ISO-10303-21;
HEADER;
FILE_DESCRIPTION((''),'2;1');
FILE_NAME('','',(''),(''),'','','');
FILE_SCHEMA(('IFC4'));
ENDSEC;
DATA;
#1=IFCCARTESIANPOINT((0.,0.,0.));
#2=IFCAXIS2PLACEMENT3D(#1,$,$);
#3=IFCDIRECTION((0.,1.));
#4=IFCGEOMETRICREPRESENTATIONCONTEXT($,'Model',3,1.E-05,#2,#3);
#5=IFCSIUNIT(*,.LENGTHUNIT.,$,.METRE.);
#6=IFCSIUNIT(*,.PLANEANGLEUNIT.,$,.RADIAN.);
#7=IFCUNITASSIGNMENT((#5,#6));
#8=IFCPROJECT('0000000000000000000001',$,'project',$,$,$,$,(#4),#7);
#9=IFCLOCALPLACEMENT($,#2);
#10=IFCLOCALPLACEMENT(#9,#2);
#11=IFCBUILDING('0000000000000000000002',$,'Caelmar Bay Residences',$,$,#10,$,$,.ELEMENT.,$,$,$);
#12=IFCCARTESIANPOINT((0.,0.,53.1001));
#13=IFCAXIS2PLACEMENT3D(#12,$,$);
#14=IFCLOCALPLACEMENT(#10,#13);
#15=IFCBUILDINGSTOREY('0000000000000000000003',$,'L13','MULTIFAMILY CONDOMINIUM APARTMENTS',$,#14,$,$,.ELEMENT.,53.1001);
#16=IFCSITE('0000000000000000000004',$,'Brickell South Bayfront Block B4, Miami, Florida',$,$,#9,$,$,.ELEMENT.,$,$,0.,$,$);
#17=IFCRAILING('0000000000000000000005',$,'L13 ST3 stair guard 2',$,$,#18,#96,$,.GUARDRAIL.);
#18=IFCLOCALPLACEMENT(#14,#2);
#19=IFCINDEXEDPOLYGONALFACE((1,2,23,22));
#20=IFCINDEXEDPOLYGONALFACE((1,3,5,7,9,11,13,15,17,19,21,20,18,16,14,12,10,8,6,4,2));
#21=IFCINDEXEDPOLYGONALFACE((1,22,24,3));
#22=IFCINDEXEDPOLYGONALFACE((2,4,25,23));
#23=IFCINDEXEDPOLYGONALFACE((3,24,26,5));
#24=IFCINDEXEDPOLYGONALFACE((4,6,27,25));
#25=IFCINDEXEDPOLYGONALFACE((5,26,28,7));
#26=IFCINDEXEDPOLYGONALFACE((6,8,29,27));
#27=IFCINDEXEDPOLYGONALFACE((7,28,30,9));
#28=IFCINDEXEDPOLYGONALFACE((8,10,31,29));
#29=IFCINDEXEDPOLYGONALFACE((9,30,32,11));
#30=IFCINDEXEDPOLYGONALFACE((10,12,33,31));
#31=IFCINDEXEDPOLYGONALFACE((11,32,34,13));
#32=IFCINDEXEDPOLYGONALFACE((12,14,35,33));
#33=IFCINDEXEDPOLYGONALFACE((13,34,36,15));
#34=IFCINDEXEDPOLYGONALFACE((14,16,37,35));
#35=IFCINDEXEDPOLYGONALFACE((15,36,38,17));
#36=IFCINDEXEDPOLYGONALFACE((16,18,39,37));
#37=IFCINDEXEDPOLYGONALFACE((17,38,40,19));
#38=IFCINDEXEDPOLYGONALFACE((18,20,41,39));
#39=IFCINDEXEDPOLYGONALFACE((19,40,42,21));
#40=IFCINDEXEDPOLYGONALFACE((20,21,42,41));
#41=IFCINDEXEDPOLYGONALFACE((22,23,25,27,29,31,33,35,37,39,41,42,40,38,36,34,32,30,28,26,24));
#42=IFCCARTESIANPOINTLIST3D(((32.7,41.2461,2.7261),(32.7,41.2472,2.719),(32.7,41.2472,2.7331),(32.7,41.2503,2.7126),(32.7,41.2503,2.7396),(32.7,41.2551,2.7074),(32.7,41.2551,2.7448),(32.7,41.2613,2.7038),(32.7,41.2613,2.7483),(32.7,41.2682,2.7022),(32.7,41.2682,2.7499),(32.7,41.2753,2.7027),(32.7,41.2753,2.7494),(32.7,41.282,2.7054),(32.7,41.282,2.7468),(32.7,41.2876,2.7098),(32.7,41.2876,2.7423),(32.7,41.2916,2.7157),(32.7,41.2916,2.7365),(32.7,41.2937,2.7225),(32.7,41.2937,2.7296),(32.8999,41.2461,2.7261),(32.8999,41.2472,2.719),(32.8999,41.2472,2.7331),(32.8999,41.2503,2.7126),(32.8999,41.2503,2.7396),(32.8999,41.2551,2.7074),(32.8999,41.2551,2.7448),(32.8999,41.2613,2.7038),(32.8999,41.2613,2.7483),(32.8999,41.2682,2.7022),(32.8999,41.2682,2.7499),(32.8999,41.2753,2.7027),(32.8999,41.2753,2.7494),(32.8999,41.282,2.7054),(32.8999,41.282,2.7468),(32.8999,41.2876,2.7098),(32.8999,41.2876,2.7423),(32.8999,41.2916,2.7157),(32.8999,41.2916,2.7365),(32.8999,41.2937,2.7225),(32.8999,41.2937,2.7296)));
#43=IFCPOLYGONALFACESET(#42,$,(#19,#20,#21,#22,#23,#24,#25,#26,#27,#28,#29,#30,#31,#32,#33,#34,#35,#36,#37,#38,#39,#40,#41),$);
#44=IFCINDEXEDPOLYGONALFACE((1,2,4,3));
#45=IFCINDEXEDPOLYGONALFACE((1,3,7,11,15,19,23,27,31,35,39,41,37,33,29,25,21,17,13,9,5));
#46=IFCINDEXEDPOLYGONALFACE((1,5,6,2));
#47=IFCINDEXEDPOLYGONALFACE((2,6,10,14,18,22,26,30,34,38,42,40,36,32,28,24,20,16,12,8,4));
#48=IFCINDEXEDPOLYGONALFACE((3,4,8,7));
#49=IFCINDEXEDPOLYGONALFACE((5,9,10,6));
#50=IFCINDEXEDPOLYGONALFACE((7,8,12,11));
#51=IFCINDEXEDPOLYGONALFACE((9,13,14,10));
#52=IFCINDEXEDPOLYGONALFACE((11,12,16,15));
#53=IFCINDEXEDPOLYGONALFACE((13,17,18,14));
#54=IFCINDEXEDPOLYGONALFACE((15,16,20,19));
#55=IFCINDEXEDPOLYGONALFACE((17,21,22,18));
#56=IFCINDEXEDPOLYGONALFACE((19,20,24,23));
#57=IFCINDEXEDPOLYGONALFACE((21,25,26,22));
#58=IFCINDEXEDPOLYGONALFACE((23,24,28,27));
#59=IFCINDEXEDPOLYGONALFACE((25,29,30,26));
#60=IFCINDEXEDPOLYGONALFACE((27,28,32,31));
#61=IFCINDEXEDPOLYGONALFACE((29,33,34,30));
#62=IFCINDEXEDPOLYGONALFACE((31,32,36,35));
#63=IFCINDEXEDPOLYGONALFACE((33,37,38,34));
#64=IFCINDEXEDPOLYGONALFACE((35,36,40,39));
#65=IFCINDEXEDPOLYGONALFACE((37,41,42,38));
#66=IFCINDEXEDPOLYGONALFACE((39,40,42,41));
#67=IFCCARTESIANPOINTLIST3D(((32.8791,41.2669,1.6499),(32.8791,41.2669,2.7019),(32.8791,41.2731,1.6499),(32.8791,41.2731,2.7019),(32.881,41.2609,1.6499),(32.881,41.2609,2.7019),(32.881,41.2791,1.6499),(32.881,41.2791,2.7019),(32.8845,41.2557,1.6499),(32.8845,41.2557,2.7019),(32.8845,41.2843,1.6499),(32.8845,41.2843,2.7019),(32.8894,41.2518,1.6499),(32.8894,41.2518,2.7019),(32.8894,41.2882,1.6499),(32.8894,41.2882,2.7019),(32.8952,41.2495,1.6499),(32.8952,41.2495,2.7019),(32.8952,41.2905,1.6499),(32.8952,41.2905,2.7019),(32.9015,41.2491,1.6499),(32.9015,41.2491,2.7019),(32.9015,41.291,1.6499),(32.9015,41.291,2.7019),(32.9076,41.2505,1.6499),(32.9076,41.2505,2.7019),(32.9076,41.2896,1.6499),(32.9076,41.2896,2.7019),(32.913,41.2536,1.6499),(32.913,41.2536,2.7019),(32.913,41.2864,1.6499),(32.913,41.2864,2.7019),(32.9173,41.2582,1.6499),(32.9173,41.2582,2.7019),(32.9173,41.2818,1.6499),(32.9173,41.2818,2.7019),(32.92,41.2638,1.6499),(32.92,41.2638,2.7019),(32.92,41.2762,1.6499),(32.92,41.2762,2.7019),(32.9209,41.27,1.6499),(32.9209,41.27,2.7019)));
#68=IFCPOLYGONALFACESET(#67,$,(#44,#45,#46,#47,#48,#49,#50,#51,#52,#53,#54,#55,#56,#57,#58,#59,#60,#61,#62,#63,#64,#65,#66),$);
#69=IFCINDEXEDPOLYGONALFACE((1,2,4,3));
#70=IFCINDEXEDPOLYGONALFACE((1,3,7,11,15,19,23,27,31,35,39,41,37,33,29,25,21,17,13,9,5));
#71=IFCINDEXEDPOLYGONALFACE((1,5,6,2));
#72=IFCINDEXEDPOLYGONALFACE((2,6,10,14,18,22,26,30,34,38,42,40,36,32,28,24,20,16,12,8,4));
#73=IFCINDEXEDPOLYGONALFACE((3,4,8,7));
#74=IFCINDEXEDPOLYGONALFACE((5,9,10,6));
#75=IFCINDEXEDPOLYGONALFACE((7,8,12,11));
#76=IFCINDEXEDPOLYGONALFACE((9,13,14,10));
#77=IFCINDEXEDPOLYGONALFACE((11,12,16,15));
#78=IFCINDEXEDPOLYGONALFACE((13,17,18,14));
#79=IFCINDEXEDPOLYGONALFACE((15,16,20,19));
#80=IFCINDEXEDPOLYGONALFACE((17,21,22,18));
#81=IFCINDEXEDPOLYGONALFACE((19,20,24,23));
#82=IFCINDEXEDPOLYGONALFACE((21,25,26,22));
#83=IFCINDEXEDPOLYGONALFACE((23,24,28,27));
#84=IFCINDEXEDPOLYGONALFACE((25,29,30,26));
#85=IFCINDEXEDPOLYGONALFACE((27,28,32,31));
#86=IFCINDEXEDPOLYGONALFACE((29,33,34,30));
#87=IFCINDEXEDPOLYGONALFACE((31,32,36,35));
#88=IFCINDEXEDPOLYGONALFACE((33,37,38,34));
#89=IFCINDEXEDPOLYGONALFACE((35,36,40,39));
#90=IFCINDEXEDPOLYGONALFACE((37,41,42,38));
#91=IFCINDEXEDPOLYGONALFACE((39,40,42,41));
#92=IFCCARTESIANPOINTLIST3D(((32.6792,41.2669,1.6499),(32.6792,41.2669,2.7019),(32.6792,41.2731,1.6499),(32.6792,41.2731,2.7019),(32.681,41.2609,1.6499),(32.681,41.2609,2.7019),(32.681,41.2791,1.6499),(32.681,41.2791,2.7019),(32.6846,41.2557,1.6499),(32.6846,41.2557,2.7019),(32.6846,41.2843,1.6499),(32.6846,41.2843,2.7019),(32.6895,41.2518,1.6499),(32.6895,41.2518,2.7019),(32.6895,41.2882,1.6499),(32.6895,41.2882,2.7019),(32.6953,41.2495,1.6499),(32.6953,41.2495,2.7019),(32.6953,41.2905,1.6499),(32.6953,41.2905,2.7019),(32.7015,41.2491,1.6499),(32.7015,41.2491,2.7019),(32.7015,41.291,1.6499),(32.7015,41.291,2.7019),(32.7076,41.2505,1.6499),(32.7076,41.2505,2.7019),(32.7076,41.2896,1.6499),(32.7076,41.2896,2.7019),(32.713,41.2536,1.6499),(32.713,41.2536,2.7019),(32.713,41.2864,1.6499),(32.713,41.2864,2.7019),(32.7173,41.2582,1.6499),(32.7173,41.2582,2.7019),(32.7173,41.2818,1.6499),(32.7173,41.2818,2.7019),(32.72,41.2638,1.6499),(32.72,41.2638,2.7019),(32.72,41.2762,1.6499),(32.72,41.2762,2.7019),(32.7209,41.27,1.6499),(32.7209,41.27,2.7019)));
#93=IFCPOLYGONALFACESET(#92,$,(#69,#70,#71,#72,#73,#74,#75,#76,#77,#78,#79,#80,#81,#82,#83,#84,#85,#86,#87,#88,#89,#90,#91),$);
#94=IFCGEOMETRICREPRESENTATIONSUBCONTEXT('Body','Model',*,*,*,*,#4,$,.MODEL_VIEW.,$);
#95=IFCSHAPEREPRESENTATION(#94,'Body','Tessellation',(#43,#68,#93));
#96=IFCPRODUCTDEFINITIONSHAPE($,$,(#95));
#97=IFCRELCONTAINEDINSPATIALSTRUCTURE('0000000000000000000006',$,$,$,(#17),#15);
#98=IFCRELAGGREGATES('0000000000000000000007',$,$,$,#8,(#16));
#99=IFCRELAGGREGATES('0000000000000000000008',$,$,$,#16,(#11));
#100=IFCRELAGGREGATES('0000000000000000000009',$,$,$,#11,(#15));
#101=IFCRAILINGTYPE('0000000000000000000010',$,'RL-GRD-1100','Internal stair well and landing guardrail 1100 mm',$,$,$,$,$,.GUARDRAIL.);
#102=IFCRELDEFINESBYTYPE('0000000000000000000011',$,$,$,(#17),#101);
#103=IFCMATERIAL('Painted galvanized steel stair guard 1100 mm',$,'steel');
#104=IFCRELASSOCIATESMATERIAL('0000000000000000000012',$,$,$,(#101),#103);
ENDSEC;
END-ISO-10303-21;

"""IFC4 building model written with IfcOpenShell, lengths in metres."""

from ifc_helpers import new_model, si_unit, direction, frame, origin, origin_2d, place, context, subcontext, project, spatial, circle, extrude, material, type_object, element, save


model = new_model("IFC4")

# Units and contexts
model_context = context("Model", 3, precision=1e-05, world=origin(), true_north=direction((0.0, 1.0)))
body_context = subcontext(model_context, "Body", "Model", "MODEL_VIEW")
ifc_project = project(units=[si_unit("LENGTHUNIT", "METRE"), si_unit("PLANEANGLEUNIT", "RADIAN")], contexts=[model_context])

# Site, building, storey
site_placement = place(None, origin())
site = spatial("IfcSite", under=ifc_project, at=site_placement, Name="Brickell South Bayfront Block B4, Miami, Florida", CompositionType="ELEMENT", RefElevation=0.0)
building_placement = place(site_placement, origin())
building = spatial("IfcBuilding", under=site, at=building_placement, Name="Caelmar Bay Residences", CompositionType="ELEMENT")
storey_placement = place(building_placement, frame((0.0, 0.0, 53.1001)))
storey = spatial("IfcBuildingStorey", under=building, at=storey_placement, Name="L13", Description="MULTIFAMILY CONDOMINIUM APARTMENTS", CompositionType="ELEMENT", Elevation=53.1001)

# Railing
ifc_material_1 = material(Name="Painted galvanized steel stair guard 1100 mm", Category="steel")
railing_type_1 = type_object("IfcRailingType", Name="RL-GRD-1100", Description="Internal stair well and landing guardrail 1100 mm", PredefinedType="GUARDRAIL", material=ifc_material_1)
railing_1_placement = place(storey_placement, frame((32.8999, 41.27, 1.6499)))
element("IfcRailing", 1, at=railing_1_placement, inside=storey, type_object=railing_type_1, Name="L13 ST3 stair guard 2", PredefinedType="GUARDRAIL", context=body_context, shape_type="SweptSolid", body=[
    extrude(circle(Radius=0.0239, at=origin_2d()), frame((0.0, 0.0, 1.0762), z_axis=(-1.0, 0.0, 0.0), x_axis=(0.0, -1.0, 0.0)), (0.0, 0.0, 1.0), 0.2),
    extrude(circle(Radius=0.021, at=origin_2d()), origin(), (0.0, 0.0, 1.0), 1.052),
    extrude(circle(Radius=0.021, at=origin_2d()), frame((-0.2, 0.0, 0.0)), (0.0, 0.0, 1.0), 1.052),
])

save(model, "model.ifc")
